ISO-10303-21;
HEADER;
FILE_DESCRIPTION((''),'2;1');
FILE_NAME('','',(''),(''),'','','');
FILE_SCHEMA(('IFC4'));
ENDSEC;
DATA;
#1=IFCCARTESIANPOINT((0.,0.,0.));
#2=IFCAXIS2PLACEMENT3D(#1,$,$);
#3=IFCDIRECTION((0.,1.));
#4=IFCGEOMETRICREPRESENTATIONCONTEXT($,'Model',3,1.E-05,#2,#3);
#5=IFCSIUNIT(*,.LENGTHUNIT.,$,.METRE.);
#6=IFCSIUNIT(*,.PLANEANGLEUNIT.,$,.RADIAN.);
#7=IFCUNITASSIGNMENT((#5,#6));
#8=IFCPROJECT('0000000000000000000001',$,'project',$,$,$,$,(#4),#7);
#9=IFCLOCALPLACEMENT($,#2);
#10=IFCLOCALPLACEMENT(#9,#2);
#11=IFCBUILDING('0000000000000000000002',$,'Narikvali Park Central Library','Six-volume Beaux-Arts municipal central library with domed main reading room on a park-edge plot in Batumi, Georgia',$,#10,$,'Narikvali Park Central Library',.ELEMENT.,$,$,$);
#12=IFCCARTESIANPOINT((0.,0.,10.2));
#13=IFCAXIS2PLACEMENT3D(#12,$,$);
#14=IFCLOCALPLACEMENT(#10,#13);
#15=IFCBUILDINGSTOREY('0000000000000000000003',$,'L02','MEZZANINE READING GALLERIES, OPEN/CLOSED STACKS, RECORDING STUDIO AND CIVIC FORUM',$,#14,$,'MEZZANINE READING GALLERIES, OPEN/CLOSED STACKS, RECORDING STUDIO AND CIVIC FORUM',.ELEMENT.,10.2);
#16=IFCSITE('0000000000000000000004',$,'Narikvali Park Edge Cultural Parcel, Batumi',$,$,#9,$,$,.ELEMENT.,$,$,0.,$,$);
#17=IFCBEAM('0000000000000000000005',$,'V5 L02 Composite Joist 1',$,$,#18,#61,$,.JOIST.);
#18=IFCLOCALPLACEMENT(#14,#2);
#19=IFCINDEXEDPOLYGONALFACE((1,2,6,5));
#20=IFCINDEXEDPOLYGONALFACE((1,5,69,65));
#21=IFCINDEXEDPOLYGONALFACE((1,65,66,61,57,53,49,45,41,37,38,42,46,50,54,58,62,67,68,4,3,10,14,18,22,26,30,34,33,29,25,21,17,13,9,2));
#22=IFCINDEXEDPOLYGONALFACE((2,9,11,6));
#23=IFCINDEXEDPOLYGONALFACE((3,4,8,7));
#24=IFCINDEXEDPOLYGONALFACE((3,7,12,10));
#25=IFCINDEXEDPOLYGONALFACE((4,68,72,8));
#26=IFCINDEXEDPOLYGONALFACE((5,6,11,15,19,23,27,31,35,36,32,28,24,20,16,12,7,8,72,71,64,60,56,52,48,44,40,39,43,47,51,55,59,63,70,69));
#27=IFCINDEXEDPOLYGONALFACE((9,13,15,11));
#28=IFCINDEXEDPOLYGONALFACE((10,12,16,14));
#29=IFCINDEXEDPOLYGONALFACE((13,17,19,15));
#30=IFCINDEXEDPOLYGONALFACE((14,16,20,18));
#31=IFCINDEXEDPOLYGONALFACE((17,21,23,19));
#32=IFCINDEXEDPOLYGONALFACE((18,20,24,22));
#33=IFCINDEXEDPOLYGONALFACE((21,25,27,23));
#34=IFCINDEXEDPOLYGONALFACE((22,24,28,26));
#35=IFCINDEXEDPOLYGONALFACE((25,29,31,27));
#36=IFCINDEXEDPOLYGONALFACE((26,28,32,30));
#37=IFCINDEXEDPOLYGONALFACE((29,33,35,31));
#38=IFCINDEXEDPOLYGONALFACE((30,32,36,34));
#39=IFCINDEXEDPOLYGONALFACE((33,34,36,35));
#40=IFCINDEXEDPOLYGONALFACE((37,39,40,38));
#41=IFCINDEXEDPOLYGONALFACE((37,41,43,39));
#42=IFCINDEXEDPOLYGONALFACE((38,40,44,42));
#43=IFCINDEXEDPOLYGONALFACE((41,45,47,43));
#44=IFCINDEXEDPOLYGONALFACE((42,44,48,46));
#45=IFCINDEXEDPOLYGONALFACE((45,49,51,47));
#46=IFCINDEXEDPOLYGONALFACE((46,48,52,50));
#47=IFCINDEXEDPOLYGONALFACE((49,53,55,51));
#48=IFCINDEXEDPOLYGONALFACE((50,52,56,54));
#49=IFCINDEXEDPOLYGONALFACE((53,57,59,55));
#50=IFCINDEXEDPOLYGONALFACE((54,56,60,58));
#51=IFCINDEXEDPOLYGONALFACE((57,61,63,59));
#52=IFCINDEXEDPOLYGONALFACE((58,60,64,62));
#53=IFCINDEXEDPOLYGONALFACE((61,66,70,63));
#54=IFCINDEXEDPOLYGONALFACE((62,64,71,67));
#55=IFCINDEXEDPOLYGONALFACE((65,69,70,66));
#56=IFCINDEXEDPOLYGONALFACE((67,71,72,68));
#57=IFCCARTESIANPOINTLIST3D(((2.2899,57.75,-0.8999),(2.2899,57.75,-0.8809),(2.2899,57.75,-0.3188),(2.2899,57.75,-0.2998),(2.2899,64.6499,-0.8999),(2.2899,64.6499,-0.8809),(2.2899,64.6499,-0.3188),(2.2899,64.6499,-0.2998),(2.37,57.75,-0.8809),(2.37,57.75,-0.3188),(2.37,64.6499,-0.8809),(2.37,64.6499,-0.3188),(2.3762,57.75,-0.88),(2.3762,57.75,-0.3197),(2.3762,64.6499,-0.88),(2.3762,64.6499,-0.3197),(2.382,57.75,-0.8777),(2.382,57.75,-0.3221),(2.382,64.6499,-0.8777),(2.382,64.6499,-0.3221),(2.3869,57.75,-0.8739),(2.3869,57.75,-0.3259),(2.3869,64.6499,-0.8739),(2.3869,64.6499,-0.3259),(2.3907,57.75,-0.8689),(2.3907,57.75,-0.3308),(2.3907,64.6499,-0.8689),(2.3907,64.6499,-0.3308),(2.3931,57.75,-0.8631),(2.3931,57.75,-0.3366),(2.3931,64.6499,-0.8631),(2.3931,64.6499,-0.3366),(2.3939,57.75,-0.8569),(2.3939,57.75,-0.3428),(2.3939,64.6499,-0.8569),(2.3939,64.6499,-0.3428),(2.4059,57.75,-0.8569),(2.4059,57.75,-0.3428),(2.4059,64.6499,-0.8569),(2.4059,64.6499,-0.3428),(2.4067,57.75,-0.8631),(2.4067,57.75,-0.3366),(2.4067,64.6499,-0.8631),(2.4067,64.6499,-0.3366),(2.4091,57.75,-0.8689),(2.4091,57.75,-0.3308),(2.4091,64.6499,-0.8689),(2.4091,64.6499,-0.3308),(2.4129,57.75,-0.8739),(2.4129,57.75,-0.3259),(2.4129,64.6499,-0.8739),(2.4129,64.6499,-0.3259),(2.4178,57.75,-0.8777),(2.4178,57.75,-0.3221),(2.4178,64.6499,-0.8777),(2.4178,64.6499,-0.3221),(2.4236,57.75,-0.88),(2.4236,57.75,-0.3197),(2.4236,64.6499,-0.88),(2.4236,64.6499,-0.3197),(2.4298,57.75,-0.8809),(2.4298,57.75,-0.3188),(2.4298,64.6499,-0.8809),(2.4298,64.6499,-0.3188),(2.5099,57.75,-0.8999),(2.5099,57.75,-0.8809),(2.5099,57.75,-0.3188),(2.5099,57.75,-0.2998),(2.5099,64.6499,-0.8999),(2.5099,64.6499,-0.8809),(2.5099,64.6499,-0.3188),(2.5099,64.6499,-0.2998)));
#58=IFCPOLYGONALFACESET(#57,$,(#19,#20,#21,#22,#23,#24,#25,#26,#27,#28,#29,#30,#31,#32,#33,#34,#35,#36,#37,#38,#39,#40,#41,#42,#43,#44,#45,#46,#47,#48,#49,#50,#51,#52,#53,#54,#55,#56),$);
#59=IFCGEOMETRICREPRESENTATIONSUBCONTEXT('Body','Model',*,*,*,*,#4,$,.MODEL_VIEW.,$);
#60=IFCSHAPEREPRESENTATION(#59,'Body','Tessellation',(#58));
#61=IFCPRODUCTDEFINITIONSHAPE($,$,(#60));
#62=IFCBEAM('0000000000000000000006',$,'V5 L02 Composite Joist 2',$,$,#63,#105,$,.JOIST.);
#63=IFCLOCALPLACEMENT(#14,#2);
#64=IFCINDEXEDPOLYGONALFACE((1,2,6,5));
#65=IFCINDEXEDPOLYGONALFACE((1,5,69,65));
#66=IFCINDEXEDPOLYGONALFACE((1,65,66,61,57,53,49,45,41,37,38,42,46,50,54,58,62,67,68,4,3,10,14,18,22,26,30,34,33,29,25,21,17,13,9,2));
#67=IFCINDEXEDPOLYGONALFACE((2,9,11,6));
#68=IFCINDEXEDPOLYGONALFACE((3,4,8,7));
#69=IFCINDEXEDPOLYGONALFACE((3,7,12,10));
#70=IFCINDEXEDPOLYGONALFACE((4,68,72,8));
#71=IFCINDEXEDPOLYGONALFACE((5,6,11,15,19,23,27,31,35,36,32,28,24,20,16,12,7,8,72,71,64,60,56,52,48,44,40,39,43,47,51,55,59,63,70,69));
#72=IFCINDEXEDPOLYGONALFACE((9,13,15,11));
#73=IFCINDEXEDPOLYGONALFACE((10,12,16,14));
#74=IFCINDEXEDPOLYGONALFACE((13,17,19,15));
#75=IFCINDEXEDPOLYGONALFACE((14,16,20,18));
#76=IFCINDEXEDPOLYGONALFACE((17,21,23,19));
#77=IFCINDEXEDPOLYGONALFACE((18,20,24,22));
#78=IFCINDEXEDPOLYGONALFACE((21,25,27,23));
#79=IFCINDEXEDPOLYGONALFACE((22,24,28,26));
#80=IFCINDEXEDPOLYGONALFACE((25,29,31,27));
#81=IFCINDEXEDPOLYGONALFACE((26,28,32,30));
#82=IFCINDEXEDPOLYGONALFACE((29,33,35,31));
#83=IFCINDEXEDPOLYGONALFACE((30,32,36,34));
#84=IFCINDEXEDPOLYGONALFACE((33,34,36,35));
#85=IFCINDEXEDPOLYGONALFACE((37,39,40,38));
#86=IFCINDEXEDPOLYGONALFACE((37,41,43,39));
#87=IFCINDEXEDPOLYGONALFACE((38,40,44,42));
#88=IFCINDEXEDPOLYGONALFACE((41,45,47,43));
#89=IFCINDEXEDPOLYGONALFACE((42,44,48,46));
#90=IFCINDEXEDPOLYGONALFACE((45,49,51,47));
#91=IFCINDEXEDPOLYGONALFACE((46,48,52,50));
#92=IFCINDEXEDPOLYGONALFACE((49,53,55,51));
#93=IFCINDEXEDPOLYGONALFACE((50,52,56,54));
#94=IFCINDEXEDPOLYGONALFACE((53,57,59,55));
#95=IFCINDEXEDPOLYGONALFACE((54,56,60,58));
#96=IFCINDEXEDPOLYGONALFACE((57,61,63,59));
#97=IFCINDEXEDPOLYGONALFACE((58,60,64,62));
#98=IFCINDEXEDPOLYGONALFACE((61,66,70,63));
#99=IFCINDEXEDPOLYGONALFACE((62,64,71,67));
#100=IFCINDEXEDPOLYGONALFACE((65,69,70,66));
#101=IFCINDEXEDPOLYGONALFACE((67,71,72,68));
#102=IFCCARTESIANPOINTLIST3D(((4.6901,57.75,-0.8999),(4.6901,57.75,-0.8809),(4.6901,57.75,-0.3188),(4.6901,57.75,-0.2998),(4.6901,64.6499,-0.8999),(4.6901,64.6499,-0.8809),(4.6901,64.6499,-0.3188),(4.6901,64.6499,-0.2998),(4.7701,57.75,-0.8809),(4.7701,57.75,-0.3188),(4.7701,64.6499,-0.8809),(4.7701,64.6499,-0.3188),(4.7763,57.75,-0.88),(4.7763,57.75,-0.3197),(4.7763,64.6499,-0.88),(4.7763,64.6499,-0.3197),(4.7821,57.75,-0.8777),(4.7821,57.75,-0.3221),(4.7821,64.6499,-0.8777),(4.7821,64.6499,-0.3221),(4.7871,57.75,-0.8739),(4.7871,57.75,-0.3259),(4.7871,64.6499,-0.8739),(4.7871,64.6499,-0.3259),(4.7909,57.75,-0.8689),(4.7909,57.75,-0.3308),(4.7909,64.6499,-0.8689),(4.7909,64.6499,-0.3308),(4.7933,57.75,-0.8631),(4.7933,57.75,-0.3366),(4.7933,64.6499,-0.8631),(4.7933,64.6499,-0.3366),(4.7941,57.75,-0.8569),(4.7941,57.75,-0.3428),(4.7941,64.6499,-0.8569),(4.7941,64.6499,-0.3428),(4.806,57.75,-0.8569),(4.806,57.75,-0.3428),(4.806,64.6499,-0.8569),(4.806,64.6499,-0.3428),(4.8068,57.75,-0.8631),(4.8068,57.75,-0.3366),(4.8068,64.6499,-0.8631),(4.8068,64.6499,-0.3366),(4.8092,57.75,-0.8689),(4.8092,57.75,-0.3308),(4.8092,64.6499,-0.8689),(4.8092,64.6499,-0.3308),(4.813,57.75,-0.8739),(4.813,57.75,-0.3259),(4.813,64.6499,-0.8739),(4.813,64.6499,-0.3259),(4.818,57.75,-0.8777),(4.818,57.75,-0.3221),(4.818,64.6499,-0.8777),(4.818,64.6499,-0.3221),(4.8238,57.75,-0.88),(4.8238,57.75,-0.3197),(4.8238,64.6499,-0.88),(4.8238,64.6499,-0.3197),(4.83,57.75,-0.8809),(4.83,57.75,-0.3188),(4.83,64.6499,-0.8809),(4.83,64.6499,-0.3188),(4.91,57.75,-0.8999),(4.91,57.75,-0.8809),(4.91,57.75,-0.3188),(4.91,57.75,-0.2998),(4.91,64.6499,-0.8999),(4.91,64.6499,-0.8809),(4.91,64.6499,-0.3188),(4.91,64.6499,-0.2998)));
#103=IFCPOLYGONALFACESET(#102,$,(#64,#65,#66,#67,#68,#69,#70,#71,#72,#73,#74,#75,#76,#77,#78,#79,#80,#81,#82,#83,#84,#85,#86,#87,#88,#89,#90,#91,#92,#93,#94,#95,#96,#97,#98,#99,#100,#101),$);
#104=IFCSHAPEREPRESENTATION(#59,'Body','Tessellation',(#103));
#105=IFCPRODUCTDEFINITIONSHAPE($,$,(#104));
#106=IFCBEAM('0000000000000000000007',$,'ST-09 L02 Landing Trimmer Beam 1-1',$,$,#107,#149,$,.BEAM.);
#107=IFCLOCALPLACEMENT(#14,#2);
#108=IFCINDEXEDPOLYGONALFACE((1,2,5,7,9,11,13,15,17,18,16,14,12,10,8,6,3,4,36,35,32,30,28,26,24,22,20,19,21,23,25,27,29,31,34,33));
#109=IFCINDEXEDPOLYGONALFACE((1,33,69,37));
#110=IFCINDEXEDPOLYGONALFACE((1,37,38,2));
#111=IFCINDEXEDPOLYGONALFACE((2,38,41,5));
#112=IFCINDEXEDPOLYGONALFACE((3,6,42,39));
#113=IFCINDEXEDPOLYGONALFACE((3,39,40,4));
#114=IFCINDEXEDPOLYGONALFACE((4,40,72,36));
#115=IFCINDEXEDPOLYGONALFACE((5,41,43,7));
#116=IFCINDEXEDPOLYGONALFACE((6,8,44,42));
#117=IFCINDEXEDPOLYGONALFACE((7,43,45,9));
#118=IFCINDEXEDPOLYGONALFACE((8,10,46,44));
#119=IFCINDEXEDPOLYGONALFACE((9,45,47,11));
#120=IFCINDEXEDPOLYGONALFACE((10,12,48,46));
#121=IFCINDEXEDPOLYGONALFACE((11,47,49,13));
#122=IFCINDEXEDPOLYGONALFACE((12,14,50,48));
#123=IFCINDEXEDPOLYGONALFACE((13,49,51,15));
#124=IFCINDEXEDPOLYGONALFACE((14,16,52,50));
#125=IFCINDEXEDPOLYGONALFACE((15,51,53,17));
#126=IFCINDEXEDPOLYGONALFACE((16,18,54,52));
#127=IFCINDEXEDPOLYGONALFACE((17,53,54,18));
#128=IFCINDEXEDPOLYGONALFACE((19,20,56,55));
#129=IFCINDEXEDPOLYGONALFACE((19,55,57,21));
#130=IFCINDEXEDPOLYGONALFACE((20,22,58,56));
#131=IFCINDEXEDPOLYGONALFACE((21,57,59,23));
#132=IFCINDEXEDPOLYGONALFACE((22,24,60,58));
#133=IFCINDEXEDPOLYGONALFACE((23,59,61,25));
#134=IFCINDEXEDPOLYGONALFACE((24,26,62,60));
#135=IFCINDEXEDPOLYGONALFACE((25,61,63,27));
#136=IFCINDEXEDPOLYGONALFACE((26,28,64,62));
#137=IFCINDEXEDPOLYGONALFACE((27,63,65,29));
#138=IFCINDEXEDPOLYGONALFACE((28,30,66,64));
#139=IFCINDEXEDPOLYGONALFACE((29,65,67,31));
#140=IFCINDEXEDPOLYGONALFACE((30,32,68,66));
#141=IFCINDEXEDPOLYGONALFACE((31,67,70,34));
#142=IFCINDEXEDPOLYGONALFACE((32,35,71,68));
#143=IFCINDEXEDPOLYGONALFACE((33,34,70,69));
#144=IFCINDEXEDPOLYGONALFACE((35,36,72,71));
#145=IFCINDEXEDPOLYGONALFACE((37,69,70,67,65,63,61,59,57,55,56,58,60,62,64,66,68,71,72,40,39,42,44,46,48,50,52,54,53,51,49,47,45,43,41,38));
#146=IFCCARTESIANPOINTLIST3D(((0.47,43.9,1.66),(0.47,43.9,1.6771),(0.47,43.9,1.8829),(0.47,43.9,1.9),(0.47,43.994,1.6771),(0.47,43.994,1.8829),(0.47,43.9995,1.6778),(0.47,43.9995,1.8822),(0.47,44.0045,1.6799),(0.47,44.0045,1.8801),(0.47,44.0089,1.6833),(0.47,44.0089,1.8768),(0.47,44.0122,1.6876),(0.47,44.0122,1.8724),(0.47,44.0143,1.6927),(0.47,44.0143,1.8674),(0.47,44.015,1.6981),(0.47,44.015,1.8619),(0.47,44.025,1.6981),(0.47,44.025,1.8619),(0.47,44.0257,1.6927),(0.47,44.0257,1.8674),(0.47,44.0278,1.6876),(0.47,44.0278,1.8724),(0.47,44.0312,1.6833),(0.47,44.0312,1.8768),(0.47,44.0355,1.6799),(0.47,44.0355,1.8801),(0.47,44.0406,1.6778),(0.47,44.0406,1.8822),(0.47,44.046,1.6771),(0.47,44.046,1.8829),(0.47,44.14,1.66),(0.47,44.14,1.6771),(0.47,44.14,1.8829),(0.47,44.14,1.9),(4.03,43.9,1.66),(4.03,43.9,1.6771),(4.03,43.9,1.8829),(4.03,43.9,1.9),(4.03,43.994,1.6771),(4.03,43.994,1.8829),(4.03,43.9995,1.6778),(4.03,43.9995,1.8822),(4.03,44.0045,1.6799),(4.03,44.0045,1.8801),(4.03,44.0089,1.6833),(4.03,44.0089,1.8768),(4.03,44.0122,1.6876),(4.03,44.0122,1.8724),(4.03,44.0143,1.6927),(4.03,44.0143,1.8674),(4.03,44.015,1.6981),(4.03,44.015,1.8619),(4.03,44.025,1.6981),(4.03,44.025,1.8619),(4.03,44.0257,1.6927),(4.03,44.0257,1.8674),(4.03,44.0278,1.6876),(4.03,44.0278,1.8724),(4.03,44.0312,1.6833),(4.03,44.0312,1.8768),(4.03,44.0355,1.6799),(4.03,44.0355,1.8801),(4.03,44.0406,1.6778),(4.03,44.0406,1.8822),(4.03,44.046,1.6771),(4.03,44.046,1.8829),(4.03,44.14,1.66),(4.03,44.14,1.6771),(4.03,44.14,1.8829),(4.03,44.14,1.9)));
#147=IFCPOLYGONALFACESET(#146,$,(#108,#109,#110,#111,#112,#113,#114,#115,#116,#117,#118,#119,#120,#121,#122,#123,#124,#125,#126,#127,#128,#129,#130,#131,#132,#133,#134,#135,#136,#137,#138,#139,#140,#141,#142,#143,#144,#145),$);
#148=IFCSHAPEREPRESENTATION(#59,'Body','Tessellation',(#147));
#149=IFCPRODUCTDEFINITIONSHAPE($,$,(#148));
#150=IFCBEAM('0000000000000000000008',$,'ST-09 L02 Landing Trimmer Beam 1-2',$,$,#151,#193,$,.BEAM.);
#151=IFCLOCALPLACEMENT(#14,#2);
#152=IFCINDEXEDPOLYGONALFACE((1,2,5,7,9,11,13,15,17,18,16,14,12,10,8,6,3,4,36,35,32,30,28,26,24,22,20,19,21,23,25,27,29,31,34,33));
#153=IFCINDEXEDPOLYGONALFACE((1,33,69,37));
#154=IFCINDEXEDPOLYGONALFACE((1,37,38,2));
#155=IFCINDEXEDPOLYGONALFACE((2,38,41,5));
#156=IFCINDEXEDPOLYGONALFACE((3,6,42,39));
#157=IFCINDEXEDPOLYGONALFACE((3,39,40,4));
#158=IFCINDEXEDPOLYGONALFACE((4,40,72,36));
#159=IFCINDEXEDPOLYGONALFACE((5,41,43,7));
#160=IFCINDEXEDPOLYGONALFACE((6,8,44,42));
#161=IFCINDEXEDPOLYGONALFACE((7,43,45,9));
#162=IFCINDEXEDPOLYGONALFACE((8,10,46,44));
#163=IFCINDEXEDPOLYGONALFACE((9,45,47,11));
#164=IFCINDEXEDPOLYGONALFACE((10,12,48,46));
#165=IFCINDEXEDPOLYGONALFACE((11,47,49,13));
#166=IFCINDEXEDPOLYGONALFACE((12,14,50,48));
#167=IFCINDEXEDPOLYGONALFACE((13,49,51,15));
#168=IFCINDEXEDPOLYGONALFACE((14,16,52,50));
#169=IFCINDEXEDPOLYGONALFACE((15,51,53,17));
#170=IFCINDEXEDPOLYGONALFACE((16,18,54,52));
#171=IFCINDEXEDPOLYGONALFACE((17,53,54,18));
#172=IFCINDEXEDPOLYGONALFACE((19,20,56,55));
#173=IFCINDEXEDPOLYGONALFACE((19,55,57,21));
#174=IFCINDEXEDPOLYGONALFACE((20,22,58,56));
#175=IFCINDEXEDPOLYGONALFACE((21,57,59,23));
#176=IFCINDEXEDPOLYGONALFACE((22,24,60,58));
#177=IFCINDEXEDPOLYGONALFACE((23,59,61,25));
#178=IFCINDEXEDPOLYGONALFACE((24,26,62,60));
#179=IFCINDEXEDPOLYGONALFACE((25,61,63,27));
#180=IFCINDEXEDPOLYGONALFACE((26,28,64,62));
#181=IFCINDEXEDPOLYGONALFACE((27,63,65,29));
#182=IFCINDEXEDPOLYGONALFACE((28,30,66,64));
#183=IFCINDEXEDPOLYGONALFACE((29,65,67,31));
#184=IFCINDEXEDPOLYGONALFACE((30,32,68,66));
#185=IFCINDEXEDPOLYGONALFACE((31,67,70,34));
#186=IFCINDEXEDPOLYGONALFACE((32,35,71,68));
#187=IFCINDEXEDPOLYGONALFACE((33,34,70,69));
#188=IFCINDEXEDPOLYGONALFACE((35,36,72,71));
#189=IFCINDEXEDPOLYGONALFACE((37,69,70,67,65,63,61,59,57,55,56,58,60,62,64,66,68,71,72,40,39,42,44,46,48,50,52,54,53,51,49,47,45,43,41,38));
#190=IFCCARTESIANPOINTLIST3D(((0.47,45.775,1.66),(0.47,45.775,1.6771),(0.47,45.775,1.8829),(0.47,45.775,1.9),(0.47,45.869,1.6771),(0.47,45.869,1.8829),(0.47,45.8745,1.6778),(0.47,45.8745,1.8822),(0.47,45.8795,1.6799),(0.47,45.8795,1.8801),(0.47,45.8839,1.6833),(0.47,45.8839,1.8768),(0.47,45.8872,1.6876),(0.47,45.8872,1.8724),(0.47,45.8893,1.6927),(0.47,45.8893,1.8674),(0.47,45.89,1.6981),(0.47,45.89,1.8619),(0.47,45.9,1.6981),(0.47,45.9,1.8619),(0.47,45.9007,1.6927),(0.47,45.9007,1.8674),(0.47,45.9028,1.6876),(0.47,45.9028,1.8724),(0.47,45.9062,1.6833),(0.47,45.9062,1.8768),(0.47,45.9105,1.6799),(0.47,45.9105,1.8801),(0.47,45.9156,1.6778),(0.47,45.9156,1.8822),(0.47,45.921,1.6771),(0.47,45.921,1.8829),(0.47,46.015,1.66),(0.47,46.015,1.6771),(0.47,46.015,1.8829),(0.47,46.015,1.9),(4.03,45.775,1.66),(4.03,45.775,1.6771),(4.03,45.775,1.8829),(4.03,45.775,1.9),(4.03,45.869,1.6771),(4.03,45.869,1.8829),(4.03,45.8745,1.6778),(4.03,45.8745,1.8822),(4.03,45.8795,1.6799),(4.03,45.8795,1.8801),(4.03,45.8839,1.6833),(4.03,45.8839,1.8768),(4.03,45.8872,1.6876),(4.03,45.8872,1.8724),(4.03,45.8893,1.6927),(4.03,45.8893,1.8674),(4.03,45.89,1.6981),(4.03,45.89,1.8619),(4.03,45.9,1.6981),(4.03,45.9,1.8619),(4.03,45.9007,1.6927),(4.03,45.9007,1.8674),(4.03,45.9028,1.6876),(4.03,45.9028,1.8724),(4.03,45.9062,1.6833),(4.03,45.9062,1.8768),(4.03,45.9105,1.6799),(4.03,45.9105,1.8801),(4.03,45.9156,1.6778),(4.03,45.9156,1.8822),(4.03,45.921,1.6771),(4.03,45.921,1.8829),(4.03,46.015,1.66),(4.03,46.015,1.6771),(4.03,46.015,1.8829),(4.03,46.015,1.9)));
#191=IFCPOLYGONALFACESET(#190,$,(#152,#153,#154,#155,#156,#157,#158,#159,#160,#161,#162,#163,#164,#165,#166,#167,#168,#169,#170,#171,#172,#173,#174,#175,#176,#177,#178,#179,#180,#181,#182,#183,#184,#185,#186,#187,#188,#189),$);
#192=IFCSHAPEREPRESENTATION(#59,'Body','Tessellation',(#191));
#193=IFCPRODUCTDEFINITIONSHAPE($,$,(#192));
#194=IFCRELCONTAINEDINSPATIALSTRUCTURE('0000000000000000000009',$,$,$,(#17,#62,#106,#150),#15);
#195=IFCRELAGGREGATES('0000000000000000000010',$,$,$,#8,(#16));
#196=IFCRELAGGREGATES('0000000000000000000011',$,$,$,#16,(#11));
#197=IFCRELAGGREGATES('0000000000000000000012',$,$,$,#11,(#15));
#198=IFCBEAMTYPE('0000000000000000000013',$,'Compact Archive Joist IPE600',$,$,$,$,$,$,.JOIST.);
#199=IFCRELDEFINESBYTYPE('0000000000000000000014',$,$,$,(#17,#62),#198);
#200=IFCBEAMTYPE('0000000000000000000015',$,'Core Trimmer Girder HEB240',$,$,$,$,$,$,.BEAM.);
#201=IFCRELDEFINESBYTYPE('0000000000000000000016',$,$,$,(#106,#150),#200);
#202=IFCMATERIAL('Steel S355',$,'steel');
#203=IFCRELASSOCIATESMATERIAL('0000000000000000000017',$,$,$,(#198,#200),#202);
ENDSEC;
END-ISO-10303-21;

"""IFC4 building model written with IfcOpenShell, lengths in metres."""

from ifc_helpers import new_model, si_unit, direction, frame, origin, origin_2d, place, context, subcontext, project, spatial, i_section, extrude, material, material_profile, profile_set, type_object, element, save


model = new_model("IFC4")

# Units and contexts
model_context = context("Model", 3, precision=1e-05, world=origin(), true_north=direction((0.0, 1.0)))
body_context = subcontext(model_context, "Body", "Model", "MODEL_VIEW")
ifc_project = project(units=[si_unit("LENGTHUNIT", "METRE"), si_unit("PLANEANGLEUNIT", "RADIAN")], contexts=[model_context])

# Site, building, storey
site_placement = place(None, origin())
site = spatial("IfcSite", under=ifc_project, at=site_placement, Name="Narikvali Park Edge Cultural Parcel, Batumi", CompositionType="ELEMENT", RefElevation=0.0)
building_placement = place(site_placement, origin())
building = spatial("IfcBuilding", under=site, at=building_placement, Name="Narikvali Park Central Library", Description="Six-volume Beaux-Arts municipal central library with domed main reading room on a park-edge plot in Batumi, Georgia", LongName="Narikvali Park Central Library", CompositionType="ELEMENT")
storey_placement = place(building_placement, frame((0.0, 0.0, 10.2)))
storey = spatial("IfcBuildingStorey", under=building, at=storey_placement, Name="L02", Description="MEZZANINE READING GALLERIES, OPEN/CLOSED STACKS, RECORDING STUDIO AND CIVIC FORUM", LongName="MEZZANINE READING GALLERIES, OPEN/CLOSED STACKS, RECORDING STUDIO AND CIVIC FORUM", CompositionType="ELEMENT", Elevation=10.2)

# Beams
ifc_material_1 = material(Name="Steel S355", Category="steel")
ifc_material_profile_1 = material_profile(ifc_material_1, i_section(OverallWidth=0.22, OverallDepth=0.6001, WebThickness=0.012, FlangeThickness=0.019, FilletRadius=0.0239, at=origin_2d()), Name="IPE 600")
ifc_profile_set_1 = profile_set([ifc_material_profile_1], Name="Steel S355")
beam_type_1 = type_object("IfcBeamType", Name="Compact Archive Joist IPE600", PredefinedType="JOIST", material=ifc_profile_set_1)
for number, where, z_axis, x_axis, name in (
    (1, (2.3999, 57.75, -0.5999), (0.0, 1.0, 0.0), (-1.0, 0.0, 0.0), "V5 L02 Composite Joist 1"),
    (2, (4.8, 57.75, -0.5999), (0.0, 1.0, 0.0), (-1.0, 0.0, 0.0), "V5 L02 Composite Joist 2"),
):
    element("IfcBeam", number, at=place(storey_placement, frame(where, z_axis=z_axis, x_axis=x_axis)), inside=storey, type_object=beam_type_1, Name=name, PredefinedType="JOIST", context=body_context, shape_type="SweptSolid", body=[
        extrude(i_section(OverallWidth=0.22, OverallDepth=0.6001, WebThickness=0.012, FlangeThickness=0.019, FilletRadius=0.0239, at=origin_2d()), origin(), (0.0, 0.0, 1.0), 6.8999),
    ])
ifc_material_profile_2 = material_profile(ifc_material_1, i_section(OverallWidth=0.24, OverallDepth=0.24, WebThickness=0.01, FlangeThickness=0.0171, FilletRadius=0.021, at=origin_2d()), Name="HEB 240")
ifc_profile_set_2 = profile_set([ifc_material_profile_2], Name="Steel S355")
beam_type_2 = type_object("IfcBeamType", Name="Core Trimmer Girder HEB240", PredefinedType="BEAM", material=ifc_profile_set_2)
for number, where, z_axis, x_axis, name in (
    (3, (0.47, 44.02, 1.78), (1.0, 0.0, 0.0), (0.0, 1.0, 0.0), "ST-09 L02 Landing Trimmer Beam 1-1"),
    (4, (0.47, 45.895, 1.78), (1.0, 0.0, 0.0), (0.0, 1.0, 0.0), "ST-09 L02 Landing Trimmer Beam 1-2"),
):
    element("IfcBeam", number, at=place(storey_placement, frame(where, z_axis=z_axis, x_axis=x_axis)), inside=storey, type_object=beam_type_2, Name=name, PredefinedType="BEAM", context=body_context, shape_type="SweptSolid", body=[
        extrude(i_section(OverallWidth=0.24, OverallDepth=0.24, WebThickness=0.01, FlangeThickness=0.0171, FilletRadius=0.021, at=origin_2d()), origin(), (0.0, 0.0, 1.0), 3.5601),
    ])

save(model, "model.ifc")
